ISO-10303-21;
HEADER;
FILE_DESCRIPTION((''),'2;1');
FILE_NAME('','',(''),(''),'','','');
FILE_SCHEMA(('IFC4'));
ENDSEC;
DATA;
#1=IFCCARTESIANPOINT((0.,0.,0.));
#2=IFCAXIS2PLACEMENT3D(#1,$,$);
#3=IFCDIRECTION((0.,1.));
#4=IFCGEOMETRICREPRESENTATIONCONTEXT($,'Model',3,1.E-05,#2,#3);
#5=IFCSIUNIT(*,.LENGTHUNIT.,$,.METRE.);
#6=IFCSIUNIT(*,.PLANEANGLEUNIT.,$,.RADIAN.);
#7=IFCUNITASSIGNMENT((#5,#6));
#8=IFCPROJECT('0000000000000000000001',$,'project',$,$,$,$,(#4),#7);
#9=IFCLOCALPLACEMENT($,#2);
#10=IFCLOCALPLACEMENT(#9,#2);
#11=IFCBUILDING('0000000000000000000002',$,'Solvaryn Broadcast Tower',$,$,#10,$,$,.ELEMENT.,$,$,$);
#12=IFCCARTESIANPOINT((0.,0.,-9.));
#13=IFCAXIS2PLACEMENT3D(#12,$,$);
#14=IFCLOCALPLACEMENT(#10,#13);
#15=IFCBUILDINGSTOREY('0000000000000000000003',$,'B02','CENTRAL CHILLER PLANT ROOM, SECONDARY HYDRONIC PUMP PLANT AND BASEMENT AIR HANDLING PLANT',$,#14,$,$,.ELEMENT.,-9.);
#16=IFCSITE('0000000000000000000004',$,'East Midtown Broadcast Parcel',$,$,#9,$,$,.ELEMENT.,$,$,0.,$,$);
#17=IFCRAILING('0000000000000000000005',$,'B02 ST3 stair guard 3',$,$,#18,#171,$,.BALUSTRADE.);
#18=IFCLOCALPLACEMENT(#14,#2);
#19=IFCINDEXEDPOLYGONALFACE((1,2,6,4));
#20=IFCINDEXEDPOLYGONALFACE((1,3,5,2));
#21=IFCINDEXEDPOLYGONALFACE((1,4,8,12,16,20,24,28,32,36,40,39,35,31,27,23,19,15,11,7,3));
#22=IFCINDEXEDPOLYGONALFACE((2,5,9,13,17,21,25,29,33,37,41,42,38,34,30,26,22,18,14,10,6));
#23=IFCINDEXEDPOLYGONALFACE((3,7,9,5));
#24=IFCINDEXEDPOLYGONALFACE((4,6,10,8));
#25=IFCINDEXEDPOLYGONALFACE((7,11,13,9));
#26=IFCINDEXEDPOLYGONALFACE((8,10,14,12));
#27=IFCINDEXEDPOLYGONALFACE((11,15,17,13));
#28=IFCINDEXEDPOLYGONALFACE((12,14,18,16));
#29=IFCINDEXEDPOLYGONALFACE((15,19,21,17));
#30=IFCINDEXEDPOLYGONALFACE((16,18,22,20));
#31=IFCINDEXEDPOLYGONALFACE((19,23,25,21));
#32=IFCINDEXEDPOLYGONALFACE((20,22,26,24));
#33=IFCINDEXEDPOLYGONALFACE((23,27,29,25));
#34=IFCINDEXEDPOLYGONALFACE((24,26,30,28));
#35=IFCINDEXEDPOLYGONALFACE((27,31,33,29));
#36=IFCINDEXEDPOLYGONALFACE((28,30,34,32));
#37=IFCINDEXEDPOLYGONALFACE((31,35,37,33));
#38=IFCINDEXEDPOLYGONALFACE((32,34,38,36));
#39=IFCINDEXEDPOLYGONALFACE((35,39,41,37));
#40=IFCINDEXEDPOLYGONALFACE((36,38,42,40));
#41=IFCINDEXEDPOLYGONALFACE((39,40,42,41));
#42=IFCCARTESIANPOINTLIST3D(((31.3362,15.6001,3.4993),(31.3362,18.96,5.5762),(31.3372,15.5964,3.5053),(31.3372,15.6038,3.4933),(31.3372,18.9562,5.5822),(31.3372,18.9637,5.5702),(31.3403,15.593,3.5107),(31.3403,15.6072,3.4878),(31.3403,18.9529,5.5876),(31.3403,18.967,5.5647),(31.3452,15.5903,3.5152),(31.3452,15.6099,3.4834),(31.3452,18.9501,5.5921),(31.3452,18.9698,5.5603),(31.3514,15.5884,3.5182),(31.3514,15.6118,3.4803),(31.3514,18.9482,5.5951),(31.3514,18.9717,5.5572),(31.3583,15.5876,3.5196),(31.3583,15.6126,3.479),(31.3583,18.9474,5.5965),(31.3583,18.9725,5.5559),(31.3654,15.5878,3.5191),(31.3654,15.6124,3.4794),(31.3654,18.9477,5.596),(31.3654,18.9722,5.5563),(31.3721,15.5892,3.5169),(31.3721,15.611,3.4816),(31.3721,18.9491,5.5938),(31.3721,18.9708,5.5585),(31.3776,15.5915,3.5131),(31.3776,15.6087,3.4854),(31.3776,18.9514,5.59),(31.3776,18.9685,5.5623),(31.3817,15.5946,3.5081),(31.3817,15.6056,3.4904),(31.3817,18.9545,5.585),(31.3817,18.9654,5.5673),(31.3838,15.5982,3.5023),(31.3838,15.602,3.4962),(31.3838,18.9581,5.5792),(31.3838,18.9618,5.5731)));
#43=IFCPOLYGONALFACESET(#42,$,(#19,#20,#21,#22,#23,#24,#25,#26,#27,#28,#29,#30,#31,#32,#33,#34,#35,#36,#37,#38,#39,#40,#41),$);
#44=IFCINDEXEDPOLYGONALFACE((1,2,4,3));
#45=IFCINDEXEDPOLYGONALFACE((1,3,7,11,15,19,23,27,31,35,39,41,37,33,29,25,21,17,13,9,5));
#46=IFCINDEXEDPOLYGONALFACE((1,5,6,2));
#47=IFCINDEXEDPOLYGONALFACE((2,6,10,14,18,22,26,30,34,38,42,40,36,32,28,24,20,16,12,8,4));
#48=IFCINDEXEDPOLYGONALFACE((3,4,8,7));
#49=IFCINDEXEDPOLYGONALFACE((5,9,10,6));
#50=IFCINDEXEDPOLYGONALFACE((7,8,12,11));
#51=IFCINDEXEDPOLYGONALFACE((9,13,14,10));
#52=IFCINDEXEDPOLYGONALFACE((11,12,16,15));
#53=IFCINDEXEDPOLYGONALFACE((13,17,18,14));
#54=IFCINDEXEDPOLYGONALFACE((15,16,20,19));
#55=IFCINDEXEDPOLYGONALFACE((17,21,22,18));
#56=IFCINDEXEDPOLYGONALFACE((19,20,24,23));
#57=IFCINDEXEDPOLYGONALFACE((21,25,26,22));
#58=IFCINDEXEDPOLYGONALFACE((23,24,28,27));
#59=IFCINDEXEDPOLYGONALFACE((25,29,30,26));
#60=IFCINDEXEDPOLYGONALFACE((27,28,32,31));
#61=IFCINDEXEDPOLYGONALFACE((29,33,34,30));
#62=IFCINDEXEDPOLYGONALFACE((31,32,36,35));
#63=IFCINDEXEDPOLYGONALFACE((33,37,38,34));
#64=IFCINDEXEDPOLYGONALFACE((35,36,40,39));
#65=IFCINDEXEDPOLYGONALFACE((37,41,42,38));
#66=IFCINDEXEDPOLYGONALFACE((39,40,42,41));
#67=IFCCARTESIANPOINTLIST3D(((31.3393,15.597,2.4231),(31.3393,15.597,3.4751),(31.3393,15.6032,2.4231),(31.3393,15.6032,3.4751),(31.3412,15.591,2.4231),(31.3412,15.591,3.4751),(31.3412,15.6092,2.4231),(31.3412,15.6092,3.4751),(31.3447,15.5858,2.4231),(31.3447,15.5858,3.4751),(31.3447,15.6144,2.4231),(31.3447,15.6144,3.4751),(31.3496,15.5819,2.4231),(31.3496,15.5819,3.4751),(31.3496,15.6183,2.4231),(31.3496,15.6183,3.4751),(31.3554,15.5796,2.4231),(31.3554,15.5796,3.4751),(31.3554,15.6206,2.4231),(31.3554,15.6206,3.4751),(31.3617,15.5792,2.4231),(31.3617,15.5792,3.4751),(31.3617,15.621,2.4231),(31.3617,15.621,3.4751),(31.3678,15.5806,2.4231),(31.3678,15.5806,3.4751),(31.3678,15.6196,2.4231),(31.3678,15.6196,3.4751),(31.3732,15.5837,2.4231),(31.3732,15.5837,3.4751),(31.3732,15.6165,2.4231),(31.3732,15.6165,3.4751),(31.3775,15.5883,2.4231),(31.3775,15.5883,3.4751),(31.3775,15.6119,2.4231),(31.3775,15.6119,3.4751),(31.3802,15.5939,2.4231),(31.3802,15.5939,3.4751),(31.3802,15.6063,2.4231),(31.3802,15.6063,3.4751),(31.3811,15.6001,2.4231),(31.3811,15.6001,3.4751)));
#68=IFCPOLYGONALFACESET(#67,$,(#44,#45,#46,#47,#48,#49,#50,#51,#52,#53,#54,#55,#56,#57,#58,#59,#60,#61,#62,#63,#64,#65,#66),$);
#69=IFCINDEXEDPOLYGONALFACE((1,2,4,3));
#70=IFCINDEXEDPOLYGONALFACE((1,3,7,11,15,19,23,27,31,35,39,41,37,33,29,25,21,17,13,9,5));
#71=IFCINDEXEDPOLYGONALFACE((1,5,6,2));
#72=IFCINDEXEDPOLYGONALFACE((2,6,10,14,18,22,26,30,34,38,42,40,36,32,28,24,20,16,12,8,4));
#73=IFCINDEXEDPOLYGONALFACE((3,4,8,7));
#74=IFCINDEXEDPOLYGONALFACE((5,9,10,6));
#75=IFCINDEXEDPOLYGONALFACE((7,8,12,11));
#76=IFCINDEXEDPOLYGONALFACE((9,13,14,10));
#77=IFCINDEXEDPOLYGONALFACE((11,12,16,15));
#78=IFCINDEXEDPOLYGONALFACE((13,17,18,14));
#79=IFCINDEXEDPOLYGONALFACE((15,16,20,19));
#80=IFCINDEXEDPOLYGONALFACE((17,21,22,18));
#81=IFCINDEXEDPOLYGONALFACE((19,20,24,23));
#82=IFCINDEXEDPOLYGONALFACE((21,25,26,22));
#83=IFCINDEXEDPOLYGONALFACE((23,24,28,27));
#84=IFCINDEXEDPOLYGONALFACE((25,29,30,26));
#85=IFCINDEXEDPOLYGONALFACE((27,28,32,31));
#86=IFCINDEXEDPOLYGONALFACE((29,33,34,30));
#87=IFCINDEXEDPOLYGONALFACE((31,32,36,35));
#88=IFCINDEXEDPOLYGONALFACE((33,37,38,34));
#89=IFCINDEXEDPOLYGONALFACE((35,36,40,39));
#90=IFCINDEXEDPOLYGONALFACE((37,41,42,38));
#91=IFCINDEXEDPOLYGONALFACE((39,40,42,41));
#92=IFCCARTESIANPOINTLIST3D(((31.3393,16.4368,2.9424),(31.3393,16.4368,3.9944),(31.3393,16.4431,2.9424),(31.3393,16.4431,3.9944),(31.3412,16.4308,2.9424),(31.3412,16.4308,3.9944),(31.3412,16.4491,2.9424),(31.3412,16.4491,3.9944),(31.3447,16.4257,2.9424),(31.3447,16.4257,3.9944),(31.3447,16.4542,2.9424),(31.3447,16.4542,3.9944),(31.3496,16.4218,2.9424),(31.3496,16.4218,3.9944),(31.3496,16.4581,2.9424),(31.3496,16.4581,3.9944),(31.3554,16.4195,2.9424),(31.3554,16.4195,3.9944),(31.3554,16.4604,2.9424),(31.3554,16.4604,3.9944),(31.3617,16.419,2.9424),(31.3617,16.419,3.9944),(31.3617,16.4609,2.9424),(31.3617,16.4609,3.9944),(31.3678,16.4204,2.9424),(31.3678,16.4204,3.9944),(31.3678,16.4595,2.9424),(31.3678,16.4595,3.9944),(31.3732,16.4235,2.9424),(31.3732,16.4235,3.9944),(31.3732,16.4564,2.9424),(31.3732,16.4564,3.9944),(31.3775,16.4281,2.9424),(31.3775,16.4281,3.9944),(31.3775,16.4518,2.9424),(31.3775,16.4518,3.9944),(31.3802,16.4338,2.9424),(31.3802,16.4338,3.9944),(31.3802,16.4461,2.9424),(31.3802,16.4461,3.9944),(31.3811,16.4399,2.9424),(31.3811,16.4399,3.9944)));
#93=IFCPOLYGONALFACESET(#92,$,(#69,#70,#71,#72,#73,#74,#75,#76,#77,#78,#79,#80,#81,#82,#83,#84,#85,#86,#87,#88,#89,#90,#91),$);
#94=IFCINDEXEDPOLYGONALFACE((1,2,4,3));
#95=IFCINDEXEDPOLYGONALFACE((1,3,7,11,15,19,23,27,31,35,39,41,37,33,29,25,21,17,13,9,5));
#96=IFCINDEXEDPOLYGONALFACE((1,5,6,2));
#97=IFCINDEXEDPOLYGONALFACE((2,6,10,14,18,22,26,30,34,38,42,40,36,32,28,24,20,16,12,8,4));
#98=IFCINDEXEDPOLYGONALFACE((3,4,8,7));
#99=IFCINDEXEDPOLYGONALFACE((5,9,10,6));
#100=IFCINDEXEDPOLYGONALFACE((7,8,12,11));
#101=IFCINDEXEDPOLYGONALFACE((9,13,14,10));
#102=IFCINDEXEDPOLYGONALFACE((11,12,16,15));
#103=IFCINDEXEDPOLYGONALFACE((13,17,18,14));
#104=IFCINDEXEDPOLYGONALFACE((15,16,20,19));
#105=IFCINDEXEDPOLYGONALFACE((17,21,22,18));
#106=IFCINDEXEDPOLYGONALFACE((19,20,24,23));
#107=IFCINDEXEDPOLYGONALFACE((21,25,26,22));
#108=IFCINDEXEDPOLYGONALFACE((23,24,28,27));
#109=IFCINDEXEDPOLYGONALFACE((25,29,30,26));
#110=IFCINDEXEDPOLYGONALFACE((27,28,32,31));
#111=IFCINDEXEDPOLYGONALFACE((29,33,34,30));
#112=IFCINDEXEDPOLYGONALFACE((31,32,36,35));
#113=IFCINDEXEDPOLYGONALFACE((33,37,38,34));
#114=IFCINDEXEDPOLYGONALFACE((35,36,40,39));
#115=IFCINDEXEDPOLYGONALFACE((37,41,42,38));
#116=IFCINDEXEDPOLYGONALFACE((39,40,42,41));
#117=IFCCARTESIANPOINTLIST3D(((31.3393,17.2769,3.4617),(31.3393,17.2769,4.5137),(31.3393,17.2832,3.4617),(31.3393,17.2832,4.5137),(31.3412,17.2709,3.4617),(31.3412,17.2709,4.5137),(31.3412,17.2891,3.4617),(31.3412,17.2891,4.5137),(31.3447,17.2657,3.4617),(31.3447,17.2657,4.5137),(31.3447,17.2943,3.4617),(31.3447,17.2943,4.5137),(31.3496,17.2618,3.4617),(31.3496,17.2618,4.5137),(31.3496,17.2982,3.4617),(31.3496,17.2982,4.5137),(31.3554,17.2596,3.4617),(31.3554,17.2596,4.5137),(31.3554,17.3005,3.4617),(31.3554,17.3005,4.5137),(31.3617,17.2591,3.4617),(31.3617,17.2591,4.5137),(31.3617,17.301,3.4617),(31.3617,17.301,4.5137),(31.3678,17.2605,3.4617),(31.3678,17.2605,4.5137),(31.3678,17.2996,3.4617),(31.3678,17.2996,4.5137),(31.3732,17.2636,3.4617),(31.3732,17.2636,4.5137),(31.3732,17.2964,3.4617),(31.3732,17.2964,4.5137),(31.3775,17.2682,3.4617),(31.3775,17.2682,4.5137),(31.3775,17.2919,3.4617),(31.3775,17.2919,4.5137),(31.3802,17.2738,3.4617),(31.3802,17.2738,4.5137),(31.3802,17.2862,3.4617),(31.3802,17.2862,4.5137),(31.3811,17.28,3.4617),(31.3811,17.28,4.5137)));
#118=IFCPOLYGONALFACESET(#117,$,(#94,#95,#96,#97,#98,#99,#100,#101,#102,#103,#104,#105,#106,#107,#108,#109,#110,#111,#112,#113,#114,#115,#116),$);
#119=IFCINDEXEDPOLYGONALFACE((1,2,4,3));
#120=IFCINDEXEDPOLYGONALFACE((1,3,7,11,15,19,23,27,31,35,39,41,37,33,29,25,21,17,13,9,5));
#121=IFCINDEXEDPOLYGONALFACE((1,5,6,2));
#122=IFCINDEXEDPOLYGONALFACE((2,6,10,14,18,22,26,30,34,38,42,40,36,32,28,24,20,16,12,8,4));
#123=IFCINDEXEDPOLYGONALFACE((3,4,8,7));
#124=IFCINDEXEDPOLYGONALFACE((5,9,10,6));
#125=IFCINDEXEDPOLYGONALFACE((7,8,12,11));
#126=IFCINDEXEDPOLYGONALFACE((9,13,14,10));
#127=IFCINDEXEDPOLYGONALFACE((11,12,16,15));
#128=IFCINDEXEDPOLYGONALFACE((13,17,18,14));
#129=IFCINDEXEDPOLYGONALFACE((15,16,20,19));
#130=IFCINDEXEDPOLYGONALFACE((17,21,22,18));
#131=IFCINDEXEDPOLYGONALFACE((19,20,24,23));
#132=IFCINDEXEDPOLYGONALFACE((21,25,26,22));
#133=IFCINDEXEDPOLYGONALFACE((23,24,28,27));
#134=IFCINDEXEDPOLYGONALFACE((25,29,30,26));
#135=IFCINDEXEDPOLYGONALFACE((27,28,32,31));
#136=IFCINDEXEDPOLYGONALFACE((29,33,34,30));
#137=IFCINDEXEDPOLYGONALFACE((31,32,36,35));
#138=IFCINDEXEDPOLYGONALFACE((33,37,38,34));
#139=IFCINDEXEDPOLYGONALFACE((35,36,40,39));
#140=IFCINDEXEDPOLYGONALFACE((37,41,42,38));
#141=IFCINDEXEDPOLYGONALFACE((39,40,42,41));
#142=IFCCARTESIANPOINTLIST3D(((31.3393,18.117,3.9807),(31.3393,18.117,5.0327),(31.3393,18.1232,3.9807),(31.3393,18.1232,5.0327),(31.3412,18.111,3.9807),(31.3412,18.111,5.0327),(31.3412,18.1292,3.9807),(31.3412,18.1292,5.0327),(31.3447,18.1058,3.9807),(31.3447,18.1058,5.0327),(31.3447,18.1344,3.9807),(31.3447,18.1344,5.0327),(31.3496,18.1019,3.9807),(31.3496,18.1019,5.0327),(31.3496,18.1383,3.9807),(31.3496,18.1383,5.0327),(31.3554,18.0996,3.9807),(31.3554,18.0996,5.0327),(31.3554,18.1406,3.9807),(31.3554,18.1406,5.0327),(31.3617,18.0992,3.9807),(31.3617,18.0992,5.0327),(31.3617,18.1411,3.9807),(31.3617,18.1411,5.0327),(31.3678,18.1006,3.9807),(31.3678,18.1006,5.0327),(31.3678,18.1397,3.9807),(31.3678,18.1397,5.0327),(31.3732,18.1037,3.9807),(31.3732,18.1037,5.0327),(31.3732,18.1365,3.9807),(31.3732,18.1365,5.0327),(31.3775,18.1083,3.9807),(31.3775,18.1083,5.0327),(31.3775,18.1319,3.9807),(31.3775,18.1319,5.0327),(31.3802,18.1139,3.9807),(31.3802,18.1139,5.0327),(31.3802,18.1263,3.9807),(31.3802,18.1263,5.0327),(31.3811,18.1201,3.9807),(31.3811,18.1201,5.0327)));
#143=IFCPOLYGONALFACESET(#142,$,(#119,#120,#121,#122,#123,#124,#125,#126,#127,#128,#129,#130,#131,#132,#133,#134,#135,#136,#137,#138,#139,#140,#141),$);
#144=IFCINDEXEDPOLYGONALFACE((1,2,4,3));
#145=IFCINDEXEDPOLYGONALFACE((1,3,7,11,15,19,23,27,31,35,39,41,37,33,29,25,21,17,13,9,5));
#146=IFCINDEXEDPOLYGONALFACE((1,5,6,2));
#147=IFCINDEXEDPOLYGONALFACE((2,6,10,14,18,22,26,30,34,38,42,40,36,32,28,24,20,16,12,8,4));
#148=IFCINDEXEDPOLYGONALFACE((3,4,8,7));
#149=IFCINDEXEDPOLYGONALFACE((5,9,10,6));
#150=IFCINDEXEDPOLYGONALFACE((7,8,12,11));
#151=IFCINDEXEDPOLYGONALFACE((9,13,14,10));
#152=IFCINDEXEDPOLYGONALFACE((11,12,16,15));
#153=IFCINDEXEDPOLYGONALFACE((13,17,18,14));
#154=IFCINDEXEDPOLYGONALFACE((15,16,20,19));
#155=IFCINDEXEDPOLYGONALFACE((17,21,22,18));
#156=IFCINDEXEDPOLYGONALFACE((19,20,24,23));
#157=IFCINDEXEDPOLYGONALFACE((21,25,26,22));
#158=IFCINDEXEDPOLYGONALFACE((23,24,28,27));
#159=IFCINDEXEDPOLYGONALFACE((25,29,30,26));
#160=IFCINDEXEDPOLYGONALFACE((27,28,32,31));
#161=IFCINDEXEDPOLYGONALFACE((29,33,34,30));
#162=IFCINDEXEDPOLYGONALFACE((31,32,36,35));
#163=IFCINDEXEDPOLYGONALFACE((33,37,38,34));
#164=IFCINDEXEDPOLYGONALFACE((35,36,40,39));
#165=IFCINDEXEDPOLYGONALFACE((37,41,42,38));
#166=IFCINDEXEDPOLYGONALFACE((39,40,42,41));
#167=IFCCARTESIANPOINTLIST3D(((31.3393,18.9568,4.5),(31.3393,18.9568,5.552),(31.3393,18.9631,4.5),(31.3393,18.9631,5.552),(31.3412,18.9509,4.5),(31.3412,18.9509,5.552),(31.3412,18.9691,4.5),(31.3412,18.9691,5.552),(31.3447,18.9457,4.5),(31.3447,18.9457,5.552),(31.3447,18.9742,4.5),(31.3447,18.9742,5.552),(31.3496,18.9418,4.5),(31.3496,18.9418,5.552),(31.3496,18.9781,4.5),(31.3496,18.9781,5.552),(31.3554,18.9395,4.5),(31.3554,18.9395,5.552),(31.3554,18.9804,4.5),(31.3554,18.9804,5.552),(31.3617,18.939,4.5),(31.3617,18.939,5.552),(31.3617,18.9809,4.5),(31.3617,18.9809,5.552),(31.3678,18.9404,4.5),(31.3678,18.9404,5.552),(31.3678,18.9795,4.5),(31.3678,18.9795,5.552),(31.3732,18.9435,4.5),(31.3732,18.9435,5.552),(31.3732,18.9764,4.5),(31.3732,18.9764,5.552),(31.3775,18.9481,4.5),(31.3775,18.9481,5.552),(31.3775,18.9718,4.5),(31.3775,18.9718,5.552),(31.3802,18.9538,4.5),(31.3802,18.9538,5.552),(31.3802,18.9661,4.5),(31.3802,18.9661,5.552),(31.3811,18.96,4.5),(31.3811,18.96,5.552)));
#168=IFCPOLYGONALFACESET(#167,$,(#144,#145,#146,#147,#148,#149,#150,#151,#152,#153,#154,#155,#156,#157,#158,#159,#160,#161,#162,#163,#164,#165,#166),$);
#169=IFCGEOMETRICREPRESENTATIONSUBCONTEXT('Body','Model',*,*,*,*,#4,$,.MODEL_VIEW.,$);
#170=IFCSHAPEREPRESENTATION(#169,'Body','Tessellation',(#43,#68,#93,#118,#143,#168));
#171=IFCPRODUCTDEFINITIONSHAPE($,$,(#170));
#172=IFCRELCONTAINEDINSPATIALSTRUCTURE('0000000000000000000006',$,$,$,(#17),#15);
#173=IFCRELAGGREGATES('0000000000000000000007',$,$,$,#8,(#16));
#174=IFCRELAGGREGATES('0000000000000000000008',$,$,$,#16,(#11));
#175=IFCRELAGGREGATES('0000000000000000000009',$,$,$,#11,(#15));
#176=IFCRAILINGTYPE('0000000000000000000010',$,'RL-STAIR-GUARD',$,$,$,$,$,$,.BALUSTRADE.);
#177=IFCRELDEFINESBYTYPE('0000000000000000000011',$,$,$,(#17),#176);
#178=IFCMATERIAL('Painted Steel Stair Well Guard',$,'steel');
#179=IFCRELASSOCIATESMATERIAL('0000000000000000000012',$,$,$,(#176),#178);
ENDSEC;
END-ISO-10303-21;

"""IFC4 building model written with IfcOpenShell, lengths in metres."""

from ifc_helpers import new_model, si_unit, direction, frame, origin, origin_2d, place, context, subcontext, project, spatial, circle, extrude, material, type_object, element, save


model = new_model("IFC4")

# Units and contexts
model_context = context("Model", 3, precision=1e-05, world=origin(), true_north=direction((0.0, 1.0)))
body_context = subcontext(model_context, "Body", "Model", "MODEL_VIEW")
ifc_project = project(units=[si_unit("LENGTHUNIT", "METRE"), si_unit("PLANEANGLEUNIT", "RADIAN")], contexts=[model_context])

# Site, building, storey
site_placement = place(None, origin())
site = spatial("IfcSite", under=ifc_project, at=site_placement, Name="East Midtown Broadcast Parcel", CompositionType="ELEMENT", RefElevation=0.0)
building_placement = place(site_placement, origin())
building = spatial("IfcBuilding", under=site, at=building_placement, Name="Solvaryn Broadcast Tower", CompositionType="ELEMENT")
storey_placement = place(building_placement, frame((0.0, 0.0, -9.0)))
storey = spatial("IfcBuildingStorey", under=building, at=storey_placement, Name="B02", Description="CENTRAL CHILLER PLANT ROOM, SECONDARY HYDRONIC PUMP PLANT AND BASEMENT AIR HANDLING PLANT", CompositionType="ELEMENT", Elevation=-9.0)

# Railing
ifc_material_1 = material(Name="Painted Steel Stair Well Guard", Category="steel")
railing_type_1 = type_object("IfcRailingType", Name="RL-STAIR-GUARD", PredefinedType="BALUSTRADE", material=ifc_material_1)
railing_1_placement = place(storey_placement, frame((31.3601, 15.6001, 2.4231)))
element("IfcRailing", 1, at=railing_1_placement, inside=storey, type_object=railing_type_1, Name="B02 ST3 stair guard 3", PredefinedType="BALUSTRADE", context=body_context, shape_type="SweptSolid", body=[
    extrude(circle(Radius=0.0239, at=origin_2d()), frame((0.0, 0.0, 1.0762), z_axis=(0.0, 0.850606, 0.525803), x_axis=(-1.0, 0.0, 0.0)), (0.0, 0.0, 1.0), 3.95),
    extrude(circle(Radius=0.021, at=origin_2d()), origin(), (0.0, 0.0, 1.0), 1.052),
    extrude(circle(Radius=0.021, at=origin_2d()), frame((0.0, 0.8398, 0.5193)), (0.0, 0.0, 1.0), 1.052),
    extrude(circle(Radius=0.021, at=origin_2d()), frame((0.0, 1.6799, 1.0386)), (0.0, 0.0, 1.0), 1.052),
    extrude(circle(Radius=0.021, at=origin_2d()), frame((0.0, 2.52, 1.5576)), (0.0, 0.0, 1.0), 1.052),
    extrude(circle(Radius=0.021, at=origin_2d()), frame((0.0, 3.3599, 2.0769)), (0.0, 0.0, 1.0), 1.052),
])

save(model, "model.ifc")
